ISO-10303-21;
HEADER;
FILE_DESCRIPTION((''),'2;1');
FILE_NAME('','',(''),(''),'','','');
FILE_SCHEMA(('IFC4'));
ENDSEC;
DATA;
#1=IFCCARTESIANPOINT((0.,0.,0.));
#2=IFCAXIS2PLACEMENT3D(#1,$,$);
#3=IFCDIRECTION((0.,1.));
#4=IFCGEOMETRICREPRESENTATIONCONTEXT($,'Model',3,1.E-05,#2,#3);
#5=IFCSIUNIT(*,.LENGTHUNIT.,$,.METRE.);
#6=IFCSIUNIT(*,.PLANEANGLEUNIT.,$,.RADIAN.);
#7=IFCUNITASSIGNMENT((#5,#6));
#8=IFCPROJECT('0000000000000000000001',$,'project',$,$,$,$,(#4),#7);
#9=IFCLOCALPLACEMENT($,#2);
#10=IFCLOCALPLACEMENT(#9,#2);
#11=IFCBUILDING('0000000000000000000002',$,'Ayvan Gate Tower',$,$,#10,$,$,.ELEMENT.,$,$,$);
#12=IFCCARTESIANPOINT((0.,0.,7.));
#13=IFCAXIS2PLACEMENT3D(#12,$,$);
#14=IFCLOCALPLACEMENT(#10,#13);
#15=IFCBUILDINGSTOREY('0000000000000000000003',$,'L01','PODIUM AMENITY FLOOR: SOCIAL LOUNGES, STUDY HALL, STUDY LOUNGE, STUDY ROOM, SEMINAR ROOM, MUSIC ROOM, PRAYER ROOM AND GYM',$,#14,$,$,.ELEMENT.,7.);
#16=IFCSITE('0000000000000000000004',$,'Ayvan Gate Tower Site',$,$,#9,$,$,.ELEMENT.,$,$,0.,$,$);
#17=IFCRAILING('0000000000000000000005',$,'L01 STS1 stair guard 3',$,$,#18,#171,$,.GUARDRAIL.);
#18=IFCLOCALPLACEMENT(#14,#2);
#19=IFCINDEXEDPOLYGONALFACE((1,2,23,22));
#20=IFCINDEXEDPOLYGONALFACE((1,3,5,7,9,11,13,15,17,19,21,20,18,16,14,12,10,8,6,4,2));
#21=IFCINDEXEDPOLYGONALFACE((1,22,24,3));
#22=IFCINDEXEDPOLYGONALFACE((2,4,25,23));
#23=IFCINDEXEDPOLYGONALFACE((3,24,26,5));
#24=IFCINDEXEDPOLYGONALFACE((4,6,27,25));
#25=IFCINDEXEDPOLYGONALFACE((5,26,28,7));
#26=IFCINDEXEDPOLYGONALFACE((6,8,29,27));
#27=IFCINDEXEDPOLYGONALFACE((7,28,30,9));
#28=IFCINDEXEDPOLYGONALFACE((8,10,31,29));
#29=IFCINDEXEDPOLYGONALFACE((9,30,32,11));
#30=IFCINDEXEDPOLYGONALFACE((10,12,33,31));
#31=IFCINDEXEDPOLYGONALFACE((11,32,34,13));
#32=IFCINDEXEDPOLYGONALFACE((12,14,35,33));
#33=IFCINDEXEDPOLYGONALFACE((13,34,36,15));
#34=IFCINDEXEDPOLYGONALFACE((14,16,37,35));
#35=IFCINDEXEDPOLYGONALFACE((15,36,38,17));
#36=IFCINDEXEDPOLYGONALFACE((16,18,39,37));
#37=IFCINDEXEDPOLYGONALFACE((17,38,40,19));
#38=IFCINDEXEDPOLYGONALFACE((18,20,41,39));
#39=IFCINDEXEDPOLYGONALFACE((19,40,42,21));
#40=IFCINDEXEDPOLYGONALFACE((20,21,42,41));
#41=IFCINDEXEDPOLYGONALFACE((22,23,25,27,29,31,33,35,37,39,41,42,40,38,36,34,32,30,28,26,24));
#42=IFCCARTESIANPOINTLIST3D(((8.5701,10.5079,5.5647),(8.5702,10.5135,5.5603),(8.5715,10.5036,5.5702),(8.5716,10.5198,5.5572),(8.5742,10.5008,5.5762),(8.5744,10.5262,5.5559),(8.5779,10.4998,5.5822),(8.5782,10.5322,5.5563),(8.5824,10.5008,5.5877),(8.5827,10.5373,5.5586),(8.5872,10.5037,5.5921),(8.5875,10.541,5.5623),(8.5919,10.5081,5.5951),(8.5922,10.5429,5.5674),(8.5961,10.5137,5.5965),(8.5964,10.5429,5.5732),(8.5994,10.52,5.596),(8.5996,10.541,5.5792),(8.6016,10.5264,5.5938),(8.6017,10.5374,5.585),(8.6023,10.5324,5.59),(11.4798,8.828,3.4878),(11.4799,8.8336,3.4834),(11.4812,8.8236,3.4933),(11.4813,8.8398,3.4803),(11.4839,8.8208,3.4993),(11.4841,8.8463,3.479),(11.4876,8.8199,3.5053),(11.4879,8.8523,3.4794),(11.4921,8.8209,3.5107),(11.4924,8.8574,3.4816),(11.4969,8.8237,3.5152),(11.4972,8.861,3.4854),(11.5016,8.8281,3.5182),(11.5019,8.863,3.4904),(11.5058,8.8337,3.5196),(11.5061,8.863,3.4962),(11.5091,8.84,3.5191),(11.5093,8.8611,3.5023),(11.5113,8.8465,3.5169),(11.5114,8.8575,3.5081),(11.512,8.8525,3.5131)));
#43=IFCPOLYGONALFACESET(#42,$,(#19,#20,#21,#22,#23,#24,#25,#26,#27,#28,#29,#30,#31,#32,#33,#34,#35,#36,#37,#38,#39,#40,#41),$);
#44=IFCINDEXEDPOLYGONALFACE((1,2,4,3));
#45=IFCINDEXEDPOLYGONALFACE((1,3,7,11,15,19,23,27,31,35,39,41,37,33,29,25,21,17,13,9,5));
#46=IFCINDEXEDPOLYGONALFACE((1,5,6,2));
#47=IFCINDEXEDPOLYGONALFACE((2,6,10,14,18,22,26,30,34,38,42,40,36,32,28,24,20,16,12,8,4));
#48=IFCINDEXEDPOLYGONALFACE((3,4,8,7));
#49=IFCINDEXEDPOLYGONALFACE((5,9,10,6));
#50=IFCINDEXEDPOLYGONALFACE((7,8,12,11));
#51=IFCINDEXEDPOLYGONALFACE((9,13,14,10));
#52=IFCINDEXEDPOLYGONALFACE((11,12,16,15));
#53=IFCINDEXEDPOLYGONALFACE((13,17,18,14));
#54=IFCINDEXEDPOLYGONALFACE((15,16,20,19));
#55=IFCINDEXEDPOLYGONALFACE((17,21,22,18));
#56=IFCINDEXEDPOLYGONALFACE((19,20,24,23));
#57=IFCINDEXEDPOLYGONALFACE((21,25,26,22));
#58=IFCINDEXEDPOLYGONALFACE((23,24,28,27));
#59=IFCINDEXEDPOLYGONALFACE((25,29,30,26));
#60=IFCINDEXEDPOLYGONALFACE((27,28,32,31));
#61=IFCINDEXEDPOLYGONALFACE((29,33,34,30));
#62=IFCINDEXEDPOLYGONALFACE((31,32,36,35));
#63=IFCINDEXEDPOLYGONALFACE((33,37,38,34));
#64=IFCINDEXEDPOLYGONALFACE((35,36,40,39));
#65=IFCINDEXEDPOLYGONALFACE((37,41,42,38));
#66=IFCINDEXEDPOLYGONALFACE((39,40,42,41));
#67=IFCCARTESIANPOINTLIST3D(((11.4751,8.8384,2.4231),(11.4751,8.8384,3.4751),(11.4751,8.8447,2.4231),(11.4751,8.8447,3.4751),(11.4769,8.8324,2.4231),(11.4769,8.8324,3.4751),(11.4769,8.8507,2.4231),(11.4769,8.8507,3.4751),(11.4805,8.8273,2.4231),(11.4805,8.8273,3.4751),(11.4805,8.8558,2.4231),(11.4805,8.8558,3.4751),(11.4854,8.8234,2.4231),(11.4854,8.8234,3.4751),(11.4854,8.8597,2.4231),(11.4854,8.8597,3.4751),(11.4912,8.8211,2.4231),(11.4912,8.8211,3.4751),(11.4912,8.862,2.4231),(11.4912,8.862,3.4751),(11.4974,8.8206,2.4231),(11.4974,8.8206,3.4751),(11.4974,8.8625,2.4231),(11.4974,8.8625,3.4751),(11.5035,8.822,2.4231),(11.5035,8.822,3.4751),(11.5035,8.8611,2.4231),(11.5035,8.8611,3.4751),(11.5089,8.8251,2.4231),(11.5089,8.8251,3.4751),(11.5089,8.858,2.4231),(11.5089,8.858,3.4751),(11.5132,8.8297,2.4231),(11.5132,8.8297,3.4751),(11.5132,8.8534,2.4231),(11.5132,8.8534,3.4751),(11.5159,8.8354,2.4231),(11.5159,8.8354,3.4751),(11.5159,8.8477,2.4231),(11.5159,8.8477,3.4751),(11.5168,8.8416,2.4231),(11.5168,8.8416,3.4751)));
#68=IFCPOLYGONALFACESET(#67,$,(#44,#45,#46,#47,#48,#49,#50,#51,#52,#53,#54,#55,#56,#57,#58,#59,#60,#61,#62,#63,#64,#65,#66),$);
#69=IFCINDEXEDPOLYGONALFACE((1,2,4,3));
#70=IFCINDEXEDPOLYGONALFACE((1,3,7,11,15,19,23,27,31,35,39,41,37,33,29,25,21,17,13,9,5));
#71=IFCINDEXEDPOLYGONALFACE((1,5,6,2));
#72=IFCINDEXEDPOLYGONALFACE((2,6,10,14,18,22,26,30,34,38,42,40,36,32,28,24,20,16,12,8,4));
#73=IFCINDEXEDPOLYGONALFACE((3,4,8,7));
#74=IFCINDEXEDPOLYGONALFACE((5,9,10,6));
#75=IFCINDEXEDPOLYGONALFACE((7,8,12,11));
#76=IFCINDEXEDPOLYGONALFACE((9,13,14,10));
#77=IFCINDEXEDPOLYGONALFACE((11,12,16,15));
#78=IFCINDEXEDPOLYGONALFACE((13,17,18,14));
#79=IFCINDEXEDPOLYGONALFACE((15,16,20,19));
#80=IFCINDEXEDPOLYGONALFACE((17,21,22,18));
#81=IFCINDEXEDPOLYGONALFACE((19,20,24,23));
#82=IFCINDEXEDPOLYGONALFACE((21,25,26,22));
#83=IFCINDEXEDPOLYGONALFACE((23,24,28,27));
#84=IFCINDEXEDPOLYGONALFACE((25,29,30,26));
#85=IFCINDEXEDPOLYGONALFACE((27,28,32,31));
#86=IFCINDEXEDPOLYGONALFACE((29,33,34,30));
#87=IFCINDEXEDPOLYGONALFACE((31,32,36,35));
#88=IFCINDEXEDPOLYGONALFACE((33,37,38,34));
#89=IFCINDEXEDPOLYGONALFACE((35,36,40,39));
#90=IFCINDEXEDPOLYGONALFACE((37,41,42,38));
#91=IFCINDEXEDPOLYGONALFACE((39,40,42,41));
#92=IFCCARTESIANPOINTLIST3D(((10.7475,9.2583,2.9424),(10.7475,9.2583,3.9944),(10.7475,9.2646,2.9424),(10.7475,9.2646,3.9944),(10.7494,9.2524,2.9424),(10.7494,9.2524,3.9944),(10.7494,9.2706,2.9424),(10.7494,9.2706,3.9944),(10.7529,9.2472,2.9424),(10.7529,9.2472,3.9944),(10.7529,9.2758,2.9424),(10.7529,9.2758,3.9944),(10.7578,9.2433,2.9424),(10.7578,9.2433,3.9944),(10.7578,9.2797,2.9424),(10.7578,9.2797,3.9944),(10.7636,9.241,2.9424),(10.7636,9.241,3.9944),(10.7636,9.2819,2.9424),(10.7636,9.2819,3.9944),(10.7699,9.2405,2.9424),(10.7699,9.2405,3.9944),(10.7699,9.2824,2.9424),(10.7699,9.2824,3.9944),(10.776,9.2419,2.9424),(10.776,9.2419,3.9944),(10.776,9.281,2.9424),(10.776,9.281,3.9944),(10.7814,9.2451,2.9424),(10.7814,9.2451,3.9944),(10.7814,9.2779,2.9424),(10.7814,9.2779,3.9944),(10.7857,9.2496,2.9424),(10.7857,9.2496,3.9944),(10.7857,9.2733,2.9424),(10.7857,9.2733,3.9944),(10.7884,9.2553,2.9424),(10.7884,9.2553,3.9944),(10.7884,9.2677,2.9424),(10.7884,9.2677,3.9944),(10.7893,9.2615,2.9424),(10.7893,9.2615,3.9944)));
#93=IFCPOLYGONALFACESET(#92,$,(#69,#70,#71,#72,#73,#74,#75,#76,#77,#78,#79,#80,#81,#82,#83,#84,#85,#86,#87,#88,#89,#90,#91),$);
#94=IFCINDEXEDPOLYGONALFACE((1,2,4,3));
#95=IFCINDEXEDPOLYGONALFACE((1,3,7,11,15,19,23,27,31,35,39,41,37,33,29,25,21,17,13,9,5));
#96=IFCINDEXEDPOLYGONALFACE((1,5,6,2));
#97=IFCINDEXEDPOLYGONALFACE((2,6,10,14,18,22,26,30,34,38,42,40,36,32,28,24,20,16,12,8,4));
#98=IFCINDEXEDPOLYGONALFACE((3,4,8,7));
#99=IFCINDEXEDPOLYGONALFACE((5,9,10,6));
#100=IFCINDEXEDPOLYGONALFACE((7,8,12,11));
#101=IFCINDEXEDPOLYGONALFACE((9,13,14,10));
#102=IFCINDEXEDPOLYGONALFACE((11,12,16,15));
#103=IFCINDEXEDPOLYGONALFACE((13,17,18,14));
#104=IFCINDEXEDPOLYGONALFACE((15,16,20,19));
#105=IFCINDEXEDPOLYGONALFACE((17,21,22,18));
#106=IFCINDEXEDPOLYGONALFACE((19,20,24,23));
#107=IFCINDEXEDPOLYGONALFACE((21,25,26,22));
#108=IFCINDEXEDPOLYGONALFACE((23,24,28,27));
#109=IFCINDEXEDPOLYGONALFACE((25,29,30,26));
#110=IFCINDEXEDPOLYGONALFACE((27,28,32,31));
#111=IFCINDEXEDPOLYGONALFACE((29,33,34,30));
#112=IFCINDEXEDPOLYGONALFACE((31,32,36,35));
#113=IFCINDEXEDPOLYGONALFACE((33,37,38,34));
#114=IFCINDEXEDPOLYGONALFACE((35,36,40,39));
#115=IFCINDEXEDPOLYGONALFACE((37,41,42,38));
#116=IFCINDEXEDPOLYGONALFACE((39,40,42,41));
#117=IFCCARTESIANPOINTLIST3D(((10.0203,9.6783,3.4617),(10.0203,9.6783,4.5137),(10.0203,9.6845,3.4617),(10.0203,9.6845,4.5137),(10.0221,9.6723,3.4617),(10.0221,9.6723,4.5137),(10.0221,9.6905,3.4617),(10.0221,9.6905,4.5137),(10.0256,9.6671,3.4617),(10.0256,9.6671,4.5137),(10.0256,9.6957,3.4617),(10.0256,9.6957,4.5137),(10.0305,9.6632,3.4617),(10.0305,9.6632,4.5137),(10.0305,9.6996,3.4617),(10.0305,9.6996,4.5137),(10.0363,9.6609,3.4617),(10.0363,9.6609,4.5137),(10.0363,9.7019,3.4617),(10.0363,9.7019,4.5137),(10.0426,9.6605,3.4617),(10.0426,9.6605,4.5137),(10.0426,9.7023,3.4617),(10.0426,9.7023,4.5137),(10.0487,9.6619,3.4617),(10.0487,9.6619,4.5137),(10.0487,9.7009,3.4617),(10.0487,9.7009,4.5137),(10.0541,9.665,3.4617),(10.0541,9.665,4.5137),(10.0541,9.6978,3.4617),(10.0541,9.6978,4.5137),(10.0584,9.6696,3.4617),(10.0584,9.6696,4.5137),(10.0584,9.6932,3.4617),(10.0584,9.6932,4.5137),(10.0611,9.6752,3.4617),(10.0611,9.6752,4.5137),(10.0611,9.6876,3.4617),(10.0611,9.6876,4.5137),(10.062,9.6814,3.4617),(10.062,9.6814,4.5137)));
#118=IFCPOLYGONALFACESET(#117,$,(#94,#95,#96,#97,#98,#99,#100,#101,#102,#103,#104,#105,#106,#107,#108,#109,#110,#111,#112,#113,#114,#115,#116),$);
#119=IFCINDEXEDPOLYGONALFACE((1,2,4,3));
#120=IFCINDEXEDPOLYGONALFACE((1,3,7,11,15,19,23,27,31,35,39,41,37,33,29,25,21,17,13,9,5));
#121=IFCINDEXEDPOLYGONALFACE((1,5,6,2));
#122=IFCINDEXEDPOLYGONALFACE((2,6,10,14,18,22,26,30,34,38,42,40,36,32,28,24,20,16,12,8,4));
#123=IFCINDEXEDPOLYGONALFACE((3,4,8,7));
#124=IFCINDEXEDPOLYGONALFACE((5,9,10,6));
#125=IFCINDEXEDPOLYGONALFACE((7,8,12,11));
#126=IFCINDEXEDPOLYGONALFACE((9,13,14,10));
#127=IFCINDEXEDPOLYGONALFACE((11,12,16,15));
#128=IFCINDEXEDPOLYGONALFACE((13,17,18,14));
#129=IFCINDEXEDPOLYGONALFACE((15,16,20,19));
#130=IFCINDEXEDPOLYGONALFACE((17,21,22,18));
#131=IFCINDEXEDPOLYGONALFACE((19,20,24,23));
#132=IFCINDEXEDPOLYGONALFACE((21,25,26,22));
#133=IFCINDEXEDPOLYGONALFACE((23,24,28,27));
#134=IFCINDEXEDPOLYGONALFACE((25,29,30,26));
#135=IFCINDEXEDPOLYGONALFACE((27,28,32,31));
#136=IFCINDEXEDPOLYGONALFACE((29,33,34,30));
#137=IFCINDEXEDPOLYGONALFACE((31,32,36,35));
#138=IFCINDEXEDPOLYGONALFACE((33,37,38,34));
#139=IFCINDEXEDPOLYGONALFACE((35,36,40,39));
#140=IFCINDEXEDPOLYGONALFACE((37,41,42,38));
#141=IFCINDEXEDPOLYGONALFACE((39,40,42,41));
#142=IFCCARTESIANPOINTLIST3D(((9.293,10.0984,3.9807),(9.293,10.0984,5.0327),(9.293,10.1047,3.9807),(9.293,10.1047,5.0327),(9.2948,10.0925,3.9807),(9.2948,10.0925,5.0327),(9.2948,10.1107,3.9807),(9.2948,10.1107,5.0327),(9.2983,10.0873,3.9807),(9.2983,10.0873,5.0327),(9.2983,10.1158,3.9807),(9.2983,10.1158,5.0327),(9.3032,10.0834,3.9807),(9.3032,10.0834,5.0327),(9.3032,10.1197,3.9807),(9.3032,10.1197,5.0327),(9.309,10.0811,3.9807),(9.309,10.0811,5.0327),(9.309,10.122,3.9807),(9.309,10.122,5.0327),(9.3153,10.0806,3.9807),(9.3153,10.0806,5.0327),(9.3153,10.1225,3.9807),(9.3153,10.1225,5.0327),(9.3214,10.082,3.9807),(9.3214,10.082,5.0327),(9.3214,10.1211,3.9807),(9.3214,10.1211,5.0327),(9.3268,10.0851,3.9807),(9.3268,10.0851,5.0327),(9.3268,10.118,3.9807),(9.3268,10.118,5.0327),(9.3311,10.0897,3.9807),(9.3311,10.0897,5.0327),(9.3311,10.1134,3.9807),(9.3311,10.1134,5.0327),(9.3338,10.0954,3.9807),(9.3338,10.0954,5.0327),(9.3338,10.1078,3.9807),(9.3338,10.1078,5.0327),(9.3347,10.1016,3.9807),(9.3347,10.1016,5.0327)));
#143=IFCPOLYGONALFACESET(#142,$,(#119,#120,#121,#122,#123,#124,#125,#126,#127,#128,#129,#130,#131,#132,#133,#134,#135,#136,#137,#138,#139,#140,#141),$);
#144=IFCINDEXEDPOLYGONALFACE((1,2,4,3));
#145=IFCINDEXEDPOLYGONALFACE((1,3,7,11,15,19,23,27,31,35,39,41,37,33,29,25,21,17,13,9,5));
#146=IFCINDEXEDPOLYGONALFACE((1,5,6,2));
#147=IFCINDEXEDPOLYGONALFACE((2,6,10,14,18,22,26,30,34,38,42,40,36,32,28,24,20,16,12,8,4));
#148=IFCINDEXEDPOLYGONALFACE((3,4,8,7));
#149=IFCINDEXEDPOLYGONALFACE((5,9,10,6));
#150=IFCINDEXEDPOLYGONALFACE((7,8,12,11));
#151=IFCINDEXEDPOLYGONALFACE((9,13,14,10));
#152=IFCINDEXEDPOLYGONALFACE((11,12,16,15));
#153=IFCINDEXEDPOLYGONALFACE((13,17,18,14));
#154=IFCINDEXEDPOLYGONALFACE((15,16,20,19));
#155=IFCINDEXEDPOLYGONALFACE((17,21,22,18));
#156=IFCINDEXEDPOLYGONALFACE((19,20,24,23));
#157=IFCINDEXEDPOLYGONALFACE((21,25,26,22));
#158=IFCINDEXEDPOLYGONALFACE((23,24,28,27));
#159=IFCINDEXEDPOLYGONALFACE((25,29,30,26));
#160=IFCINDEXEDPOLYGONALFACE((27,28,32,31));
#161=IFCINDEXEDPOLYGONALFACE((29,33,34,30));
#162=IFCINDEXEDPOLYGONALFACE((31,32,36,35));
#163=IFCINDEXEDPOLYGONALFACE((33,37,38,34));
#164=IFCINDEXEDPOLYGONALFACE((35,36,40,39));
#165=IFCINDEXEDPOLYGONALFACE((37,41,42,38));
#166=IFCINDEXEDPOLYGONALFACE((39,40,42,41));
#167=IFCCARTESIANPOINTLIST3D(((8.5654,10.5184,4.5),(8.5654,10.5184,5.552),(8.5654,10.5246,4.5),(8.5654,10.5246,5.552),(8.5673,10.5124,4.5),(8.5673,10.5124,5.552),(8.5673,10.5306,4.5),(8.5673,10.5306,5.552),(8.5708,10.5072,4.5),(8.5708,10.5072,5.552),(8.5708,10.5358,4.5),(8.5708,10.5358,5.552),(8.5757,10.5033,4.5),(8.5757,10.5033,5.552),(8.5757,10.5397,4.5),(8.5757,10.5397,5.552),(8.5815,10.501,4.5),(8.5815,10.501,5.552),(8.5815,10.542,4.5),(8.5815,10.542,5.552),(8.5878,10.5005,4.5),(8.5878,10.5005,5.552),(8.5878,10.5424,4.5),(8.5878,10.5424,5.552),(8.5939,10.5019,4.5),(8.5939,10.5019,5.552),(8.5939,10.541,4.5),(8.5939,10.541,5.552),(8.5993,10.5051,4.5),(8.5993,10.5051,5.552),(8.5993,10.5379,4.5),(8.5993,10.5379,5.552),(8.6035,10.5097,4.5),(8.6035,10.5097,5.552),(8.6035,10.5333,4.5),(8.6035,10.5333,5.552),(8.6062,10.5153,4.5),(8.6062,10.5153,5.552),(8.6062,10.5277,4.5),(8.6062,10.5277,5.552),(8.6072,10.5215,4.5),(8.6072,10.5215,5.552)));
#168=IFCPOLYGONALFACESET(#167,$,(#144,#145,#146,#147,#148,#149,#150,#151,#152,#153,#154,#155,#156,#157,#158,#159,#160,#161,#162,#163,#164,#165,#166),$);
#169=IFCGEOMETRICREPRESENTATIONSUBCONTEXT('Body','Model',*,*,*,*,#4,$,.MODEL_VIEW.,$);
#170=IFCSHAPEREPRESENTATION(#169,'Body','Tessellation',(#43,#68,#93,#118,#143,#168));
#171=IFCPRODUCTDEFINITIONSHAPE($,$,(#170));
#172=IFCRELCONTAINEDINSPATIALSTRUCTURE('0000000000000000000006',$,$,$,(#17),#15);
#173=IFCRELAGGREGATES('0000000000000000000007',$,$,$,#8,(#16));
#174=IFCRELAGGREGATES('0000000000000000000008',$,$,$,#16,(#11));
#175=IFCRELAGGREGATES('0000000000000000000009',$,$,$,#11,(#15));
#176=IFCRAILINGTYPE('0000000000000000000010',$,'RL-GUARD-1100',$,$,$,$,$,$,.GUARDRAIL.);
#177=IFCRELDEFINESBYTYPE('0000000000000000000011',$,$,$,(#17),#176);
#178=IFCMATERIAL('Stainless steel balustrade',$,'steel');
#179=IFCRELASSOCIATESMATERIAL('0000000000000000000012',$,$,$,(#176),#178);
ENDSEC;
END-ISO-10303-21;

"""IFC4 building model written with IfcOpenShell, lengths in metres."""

from ifc_helpers import new_model, si_unit, direction, frame, origin, origin_2d, place, context, subcontext, project, spatial, circle, extrude, material, type_object, element, save


model = new_model("IFC4")

# Units and contexts
model_context = context("Model", 3, precision=1e-05, world=origin(), true_north=direction((0.0, 1.0)))
body_context = subcontext(model_context, "Body", "Model", "MODEL_VIEW")
ifc_project = project(units=[si_unit("LENGTHUNIT", "METRE"), si_unit("PLANEANGLEUNIT", "RADIAN")], contexts=[model_context])

# Site, building, storey
site_placement = place(None, origin())
site = spatial("IfcSite", under=ifc_project, at=site_placement, Name="Ayvan Gate Tower Site", CompositionType="ELEMENT", RefElevation=0.0)
building_placement = place(site_placement, origin())
building = spatial("IfcBuilding", under=site, at=building_placement, Name="Ayvan Gate Tower", CompositionType="ELEMENT")
storey_placement = place(building_placement, frame((0.0, 0.0, 7.0)))
storey = spatial("IfcBuildingStorey", under=building, at=storey_placement, Name="L01", Description="PODIUM AMENITY FLOOR: SOCIAL LOUNGES, STUDY HALL, STUDY LOUNGE, STUDY ROOM, SEMINAR ROOM, MUSIC ROOM, PRAYER ROOM AND GYM", CompositionType="ELEMENT", Elevation=7.0)

# Railing
ifc_material_1 = material(Name="Stainless steel balustrade", Category="steel")
railing_type_1 = type_object("IfcRailingType", Name="RL-GUARD-1100", PredefinedType="GUARDRAIL", material=ifc_material_1)
railing_1_placement = place(storey_placement, frame((11.4958, 8.8416, 2.4231)))
element("IfcRailing", 1, at=railing_1_placement, inside=storey, type_object=railing_type_1, Name="L01 STS1 stair guard 3", PredefinedType="GUARDRAIL", context=body_context, shape_type="SweptSolid", body=[
    extrude(circle(Radius=0.0239, at=origin_2d()), frame((0.0, 0.0, 1.0762), z_axis=(-0.73664, 0.425308, 0.525809), x_axis=(-0.500008, -0.866021, 0.0)), (0.0, 0.0, 1.0), 3.95),
    extrude(circle(Radius=0.021, at=origin_2d()), origin(), (0.0, 0.0, 1.0), 1.052),
    extrude(circle(Radius=0.021, at=origin_2d()), frame((-0.7275, 0.4199, 0.5193)), (0.0, 0.0, 1.0), 1.052),
    extrude(circle(Radius=0.021, at=origin_2d()), frame((-1.4548, 0.8398, 1.0386)), (0.0, 0.0, 1.0), 1.052),
    extrude(circle(Radius=0.021, at=origin_2d()), frame((-2.1821, 1.26, 1.5576)), (0.0, 0.0, 1.0), 1.052),
    extrude(circle(Radius=0.021, at=origin_2d()), frame((-2.9097, 1.6799, 2.0769)), (0.0, 0.0, 1.0), 1.052),
])

save(model, "model.ifc")
